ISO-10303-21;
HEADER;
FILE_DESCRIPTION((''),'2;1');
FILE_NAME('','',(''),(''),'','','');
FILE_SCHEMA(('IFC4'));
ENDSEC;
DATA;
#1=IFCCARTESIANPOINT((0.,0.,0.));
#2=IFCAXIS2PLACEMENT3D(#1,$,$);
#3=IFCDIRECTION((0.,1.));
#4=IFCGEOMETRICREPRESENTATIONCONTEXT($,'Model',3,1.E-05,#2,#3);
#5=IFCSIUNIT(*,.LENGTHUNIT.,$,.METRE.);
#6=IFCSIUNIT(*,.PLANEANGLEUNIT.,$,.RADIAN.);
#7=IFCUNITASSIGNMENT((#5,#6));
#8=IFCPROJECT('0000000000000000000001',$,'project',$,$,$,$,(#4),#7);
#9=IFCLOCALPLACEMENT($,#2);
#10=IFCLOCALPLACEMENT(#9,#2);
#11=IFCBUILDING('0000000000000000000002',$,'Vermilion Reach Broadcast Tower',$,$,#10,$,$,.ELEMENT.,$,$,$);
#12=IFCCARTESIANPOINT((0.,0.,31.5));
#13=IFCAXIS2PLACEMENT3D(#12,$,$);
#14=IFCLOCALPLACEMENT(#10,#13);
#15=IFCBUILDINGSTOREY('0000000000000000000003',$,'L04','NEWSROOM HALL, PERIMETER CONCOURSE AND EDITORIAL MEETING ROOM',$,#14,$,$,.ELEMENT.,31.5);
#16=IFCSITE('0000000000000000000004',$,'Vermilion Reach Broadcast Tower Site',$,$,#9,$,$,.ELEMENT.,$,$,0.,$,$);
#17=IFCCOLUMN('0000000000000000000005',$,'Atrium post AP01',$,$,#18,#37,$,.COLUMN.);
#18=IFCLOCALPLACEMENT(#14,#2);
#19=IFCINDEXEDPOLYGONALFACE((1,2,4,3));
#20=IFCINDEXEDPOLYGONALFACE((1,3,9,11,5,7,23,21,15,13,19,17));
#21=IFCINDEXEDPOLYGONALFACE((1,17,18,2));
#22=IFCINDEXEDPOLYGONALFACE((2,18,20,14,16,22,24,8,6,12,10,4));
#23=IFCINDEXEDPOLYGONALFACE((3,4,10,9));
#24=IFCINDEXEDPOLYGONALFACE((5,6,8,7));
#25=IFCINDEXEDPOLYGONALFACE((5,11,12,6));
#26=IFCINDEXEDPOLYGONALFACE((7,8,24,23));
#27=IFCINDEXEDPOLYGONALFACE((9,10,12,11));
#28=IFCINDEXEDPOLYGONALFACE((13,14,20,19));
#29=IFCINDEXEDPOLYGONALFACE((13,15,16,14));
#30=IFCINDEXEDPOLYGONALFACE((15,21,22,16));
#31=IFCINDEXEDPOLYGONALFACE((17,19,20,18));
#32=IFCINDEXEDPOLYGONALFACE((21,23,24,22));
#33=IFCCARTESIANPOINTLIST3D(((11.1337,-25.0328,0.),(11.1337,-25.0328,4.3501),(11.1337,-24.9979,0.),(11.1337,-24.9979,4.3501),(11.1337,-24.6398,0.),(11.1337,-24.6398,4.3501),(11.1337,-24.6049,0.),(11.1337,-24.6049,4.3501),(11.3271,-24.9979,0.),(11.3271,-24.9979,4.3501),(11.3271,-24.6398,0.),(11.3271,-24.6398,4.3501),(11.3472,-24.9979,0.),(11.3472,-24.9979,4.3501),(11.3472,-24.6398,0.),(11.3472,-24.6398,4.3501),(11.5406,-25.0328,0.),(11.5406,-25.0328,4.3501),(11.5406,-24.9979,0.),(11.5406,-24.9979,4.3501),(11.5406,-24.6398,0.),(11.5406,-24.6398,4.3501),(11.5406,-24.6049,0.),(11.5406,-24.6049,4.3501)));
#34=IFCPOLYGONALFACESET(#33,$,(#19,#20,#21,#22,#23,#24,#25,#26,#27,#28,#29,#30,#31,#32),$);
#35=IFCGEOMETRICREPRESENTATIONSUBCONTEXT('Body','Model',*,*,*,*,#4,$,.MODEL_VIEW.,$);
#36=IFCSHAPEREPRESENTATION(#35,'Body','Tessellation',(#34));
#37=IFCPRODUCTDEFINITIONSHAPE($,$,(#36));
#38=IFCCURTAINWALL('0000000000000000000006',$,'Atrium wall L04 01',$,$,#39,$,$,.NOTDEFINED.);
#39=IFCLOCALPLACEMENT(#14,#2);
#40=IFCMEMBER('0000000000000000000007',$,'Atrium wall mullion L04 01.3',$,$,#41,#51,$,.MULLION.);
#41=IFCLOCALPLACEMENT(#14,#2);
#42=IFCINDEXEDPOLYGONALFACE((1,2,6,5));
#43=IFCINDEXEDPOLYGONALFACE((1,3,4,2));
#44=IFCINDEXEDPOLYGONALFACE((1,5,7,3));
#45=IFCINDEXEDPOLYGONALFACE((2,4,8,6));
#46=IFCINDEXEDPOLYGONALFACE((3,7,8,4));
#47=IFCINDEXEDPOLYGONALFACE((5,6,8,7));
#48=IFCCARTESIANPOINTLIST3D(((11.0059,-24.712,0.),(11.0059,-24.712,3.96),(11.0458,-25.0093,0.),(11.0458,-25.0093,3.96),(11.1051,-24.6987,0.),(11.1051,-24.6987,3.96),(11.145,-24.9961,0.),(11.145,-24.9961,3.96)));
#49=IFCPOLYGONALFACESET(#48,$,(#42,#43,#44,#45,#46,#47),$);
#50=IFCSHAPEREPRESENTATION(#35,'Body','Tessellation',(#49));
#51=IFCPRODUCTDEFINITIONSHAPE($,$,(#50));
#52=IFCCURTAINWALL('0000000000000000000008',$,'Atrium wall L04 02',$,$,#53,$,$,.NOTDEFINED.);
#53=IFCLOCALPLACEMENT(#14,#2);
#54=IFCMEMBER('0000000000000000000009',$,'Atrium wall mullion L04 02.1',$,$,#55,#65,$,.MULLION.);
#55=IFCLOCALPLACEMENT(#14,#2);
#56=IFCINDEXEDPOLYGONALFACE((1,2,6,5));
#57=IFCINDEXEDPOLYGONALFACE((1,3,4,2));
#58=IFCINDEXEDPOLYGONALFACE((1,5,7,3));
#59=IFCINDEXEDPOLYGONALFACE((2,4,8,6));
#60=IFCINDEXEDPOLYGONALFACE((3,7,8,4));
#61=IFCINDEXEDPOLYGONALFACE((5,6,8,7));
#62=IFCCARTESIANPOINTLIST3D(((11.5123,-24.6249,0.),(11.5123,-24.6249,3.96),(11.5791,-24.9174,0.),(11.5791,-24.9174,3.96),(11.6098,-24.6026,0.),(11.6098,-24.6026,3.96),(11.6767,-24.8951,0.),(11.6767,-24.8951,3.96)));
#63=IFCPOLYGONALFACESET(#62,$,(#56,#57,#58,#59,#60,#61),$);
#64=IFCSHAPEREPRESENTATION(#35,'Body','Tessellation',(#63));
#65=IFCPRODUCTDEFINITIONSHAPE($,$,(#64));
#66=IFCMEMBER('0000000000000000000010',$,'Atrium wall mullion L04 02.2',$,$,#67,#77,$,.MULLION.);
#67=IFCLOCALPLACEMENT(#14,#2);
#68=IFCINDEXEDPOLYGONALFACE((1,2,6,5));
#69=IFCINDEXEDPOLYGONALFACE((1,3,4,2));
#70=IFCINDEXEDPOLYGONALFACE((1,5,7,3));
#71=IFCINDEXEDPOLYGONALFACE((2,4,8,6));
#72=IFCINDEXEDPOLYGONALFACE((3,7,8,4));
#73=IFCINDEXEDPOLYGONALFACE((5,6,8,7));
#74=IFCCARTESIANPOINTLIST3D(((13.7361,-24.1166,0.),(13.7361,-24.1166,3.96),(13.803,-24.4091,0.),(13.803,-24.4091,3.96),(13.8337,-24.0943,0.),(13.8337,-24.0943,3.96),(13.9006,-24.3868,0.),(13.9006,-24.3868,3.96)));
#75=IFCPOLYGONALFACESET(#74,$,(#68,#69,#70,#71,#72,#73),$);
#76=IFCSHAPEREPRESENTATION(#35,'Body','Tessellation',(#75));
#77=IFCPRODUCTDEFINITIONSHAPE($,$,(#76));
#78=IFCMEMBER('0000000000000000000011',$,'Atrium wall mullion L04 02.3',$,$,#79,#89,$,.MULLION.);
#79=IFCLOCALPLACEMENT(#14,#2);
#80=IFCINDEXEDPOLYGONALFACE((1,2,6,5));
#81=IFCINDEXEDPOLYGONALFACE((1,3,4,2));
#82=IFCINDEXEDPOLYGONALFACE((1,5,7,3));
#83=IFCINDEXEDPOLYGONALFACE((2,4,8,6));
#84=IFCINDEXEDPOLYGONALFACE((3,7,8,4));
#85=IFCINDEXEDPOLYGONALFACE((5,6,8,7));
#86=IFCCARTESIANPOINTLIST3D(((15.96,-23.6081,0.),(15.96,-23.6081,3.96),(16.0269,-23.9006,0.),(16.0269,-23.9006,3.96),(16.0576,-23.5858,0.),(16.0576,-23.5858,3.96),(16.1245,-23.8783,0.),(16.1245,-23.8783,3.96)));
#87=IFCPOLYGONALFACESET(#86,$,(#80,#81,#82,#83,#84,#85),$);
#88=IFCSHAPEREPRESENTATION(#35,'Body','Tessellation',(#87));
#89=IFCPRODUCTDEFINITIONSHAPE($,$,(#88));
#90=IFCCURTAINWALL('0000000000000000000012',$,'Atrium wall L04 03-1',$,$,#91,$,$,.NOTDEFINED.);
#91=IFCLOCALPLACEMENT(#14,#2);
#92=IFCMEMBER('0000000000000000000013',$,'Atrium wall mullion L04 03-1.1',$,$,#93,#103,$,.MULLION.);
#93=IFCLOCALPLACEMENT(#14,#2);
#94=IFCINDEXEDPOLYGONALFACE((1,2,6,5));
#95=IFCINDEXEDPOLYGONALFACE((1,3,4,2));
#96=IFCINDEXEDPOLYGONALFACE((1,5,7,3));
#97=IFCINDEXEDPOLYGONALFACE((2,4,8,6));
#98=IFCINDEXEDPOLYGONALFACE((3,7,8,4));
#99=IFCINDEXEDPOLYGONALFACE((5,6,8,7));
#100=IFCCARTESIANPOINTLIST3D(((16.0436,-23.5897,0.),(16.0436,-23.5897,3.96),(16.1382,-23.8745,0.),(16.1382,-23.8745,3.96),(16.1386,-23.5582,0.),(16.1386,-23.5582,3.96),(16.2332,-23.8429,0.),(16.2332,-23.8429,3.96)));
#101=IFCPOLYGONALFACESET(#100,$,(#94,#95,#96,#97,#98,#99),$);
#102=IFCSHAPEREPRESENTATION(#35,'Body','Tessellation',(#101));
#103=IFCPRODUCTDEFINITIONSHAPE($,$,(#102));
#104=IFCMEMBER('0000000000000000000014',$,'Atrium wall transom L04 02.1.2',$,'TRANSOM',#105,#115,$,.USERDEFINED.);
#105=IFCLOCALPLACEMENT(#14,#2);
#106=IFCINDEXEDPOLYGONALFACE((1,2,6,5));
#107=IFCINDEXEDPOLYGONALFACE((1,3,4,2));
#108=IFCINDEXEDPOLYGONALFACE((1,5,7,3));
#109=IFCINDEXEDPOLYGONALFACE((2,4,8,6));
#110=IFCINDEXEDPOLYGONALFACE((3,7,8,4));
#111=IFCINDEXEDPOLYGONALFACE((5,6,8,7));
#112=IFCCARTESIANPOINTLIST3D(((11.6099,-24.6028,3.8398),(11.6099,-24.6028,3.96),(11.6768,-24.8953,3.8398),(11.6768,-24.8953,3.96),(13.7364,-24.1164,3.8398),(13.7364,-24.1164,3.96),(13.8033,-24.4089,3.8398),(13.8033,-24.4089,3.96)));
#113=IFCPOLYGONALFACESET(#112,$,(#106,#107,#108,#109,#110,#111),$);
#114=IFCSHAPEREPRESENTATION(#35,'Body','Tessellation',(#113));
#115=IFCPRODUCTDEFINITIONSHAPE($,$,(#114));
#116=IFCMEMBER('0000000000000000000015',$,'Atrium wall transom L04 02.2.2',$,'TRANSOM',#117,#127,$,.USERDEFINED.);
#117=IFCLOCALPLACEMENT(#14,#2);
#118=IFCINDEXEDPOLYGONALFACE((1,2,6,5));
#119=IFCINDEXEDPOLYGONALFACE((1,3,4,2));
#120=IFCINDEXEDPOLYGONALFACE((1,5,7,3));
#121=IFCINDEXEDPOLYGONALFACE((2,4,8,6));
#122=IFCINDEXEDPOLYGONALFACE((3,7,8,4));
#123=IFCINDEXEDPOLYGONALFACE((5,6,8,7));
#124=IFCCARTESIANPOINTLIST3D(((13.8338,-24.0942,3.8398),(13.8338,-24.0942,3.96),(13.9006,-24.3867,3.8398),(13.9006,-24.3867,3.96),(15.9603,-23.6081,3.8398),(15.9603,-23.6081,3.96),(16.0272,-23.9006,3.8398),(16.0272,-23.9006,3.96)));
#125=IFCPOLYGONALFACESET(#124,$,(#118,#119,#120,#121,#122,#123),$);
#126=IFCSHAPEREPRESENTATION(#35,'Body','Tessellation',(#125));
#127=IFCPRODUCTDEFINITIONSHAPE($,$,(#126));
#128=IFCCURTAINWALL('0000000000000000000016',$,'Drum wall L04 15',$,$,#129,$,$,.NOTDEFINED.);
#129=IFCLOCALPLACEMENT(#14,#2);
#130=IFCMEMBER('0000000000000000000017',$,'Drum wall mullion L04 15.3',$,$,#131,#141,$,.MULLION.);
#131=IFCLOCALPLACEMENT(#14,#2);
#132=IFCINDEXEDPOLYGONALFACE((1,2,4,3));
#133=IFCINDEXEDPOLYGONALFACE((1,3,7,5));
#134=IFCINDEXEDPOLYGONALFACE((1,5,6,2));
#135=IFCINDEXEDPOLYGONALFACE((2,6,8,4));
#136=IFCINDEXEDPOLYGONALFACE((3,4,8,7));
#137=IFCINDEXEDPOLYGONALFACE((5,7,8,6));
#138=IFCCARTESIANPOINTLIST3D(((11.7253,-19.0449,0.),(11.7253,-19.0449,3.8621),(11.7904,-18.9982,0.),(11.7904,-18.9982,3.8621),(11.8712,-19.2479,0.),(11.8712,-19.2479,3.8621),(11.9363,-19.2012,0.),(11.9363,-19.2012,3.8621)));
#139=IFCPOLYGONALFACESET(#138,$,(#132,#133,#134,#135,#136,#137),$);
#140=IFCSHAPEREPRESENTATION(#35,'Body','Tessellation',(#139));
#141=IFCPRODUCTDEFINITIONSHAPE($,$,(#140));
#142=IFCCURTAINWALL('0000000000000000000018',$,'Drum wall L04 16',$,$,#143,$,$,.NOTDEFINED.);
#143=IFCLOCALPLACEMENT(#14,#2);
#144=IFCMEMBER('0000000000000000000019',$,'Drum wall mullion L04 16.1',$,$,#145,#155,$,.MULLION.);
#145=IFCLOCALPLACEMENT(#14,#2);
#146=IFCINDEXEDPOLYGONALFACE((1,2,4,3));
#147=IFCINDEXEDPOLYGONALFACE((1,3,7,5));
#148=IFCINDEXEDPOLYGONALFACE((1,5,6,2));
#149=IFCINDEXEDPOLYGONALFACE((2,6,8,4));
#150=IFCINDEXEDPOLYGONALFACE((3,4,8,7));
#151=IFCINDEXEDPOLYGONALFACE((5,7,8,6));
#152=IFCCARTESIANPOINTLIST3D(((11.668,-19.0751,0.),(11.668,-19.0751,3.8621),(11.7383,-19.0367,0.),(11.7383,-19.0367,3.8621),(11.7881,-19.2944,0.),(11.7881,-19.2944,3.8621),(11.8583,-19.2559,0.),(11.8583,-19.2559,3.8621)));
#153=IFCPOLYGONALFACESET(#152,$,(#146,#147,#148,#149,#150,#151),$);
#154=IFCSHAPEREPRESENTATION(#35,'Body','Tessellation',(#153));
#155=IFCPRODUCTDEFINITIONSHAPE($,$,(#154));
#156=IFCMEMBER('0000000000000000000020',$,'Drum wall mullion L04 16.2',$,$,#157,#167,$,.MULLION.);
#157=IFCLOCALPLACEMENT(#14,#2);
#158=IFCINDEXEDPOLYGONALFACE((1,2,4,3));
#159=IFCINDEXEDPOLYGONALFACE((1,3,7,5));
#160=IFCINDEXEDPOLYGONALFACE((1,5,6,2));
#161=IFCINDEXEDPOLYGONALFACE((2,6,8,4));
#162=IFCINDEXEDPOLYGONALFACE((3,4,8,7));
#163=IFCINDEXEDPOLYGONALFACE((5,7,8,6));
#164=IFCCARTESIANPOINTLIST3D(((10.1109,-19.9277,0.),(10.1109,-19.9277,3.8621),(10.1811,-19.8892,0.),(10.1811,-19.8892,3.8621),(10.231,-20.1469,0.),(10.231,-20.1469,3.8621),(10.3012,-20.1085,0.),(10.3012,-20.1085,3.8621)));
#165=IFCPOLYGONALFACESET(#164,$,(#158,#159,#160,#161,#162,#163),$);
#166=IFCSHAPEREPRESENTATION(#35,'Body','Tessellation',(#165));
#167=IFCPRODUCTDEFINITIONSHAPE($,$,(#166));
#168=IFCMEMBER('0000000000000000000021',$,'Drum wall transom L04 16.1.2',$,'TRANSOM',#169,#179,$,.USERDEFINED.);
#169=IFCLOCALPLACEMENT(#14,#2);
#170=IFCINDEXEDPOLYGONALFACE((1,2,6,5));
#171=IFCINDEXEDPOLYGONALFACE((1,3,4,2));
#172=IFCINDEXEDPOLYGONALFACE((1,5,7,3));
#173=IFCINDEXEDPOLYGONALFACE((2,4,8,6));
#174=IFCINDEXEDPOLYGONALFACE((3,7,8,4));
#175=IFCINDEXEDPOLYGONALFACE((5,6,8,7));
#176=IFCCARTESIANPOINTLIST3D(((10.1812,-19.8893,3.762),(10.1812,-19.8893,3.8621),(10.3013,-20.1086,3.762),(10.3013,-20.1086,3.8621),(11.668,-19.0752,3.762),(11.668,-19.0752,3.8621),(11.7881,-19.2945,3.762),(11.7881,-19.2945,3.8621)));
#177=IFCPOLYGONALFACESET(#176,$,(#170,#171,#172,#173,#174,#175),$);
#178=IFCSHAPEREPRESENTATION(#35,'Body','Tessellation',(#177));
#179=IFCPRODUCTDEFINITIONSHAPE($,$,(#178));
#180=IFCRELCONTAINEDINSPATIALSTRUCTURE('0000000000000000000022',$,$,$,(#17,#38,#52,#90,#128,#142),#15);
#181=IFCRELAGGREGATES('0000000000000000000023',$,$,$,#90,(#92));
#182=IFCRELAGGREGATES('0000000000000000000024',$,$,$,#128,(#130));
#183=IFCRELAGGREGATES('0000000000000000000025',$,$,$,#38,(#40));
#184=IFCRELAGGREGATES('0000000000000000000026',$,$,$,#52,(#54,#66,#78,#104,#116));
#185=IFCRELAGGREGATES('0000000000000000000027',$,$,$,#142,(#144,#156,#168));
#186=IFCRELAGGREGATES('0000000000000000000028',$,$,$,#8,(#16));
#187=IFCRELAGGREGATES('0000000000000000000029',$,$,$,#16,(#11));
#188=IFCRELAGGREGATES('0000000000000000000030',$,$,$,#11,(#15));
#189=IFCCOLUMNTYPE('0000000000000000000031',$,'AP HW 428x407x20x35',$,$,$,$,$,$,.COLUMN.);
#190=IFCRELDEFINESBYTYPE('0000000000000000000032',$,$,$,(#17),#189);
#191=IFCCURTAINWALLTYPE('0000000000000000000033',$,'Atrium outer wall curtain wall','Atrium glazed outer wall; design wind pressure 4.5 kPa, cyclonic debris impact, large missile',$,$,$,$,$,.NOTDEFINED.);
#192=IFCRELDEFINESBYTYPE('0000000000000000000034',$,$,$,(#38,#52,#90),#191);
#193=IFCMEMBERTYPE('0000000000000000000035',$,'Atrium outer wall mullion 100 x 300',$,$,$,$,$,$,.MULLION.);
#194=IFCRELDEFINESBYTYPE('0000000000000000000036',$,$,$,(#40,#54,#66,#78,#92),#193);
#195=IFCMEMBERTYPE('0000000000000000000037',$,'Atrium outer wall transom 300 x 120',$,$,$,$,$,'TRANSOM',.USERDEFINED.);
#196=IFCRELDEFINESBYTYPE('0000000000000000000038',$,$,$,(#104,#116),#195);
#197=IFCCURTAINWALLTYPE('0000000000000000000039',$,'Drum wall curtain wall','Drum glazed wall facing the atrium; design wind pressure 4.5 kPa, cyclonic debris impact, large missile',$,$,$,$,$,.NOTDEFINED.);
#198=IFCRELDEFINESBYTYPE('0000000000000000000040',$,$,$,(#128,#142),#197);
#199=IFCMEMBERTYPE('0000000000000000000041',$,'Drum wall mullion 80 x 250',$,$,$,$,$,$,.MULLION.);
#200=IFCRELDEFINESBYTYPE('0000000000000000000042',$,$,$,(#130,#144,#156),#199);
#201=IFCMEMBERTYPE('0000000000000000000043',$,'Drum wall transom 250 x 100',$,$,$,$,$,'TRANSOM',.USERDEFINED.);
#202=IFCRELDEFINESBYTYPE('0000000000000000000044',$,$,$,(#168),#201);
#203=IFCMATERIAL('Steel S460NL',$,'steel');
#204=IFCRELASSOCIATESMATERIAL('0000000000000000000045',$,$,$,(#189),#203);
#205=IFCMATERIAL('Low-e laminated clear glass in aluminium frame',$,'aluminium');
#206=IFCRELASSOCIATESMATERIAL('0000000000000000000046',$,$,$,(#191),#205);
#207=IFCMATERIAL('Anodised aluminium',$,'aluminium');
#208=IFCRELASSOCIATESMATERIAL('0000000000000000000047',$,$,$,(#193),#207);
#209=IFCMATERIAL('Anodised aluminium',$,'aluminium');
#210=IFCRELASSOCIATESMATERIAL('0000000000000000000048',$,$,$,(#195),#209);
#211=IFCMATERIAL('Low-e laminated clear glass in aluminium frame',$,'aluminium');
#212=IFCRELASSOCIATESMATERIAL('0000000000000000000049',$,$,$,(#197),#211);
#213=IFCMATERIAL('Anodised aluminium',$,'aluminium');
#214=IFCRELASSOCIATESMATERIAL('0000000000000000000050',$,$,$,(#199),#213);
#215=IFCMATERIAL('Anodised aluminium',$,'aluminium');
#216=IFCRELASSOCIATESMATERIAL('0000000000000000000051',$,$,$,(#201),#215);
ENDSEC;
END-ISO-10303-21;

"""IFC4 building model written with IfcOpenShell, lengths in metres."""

from ifc_helpers import new_model, si_unit, direction, frame, origin, origin_2d, place, context, subcontext, project, spatial, rectangle, i_section, extrude, material, material_profile, profile_set, type_object, element, aggregate, save


model = new_model("IFC4")

# Units and contexts
model_context = context("Model", 3, precision=1e-05, world=origin(), true_north=direction((0.0, 1.0)))
body_context = subcontext(model_context, "Body", "Model", "MODEL_VIEW")
ifc_project = project(units=[si_unit("LENGTHUNIT", "METRE"), si_unit("PLANEANGLEUNIT", "RADIAN")], contexts=[model_context])

# Site, building, storey
site_placement = place(None, origin())
site = spatial("IfcSite", under=ifc_project, at=site_placement, Name="Vermilion Reach Broadcast Tower Site", CompositionType="ELEMENT", RefElevation=0.0)
building_placement = place(site_placement, origin())
building = spatial("IfcBuilding", under=site, at=building_placement, Name="Vermilion Reach Broadcast Tower", CompositionType="ELEMENT")
storey_placement = place(building_placement, frame((0.0, 0.0, 31.5)))
storey = spatial("IfcBuildingStorey", under=building, at=storey_placement, Name="L04", Description="NEWSROOM HALL, PERIMETER CONCOURSE AND EDITORIAL MEETING ROOM", CompositionType="ELEMENT", Elevation=31.5)

# Column
ifc_material_1 = material(Name="Steel S460NL", Category="steel")
ifc_material_profile_1 = material_profile(ifc_material_1, i_section(OverallWidth=0.407, OverallDepth=0.428, WebThickness=0.02, FlangeThickness=0.0349, at=origin_2d()), Name="S460NL HW 428x407x20x35")
ifc_profile_set_1 = profile_set([ifc_material_profile_1], Name="Steel S460NL")
column_type = type_object("IfcColumnType", Name="AP HW 428x407x20x35", PredefinedType="COLUMN", material=ifc_profile_set_1)
column_placement = place(storey_placement, frame((11.3372, -24.8188, 0.0), z_axis=(0.0, 0.0, 1.0), x_axis=(1.0, 0.0, 0.0)))
element("IfcColumn", 1, at=column_placement, inside=storey, type_object=column_type, Name="Atrium post AP01", PredefinedType="COLUMN", context=body_context, shape_type="SweptSolid", body=[
    extrude(i_section(OverallWidth=0.407, OverallDepth=0.428, WebThickness=0.02, FlangeThickness=0.0349, at=origin_2d()), origin(), (0.0, 0.0, 1.0), 4.3501),
])

# Curtain wall, member
ifc_material_2 = material(Name="Low-e laminated clear glass in aluminium frame", Category="aluminium")
curtain_wall_type_1 = type_object("IfcCurtainWallType", Name="Atrium outer wall curtain wall", Description="Atrium glazed outer wall; design wind pressure 4.5 kPa, cyclonic debris impact, large missile", PredefinedType="NOTDEFINED", material=ifc_material_2)
placement = place(storey_placement, origin())
curtain_wall_1 = element("IfcCurtainWall", 2, at=placement, inside=storey, type_object=curtain_wall_type_1, Name="Atrium wall L04 01", PredefinedType="NOTDEFINED")
ifc_material_3 = material(Name="Anodised aluminium", Category="aluminium")
ifc_material_profile_2 = material_profile(ifc_material_3, rectangle(XDim=0.3, YDim=0.1001, at=origin_2d()), Name="Atrium outer wall mullion 100 x 300")
ifc_profile_set_2 = profile_set([ifc_material_profile_2], Name="Anodised aluminium")
member_type_1 = type_object("IfcMemberType", Name="Atrium outer wall mullion 100 x 300", PredefinedType="MULLION", material=ifc_profile_set_2)
member_1_placement = place(storey_placement, frame((11.0754, -24.854, 0.0), z_axis=(0.0, 0.0, 1.0), x_axis=(-0.132794, 0.991144, 0.0)))
member_1 = element("IfcMember", 3, at=member_1_placement, type_object=member_type_1, Name="Atrium wall mullion L04 01.3", PredefinedType="MULLION", context=body_context, shape_type="SweptSolid", body=[
    extrude(rectangle(XDim=0.3, YDim=0.1001, at=origin_2d()), origin(), (0.0, 0.0, 1.0), 3.96),
])

# Curtain wall, members
curtain_wall_2 = element("IfcCurtainWall", 4, at=placement, inside=storey, type_object=curtain_wall_type_1, Name="Atrium wall L04 02", PredefinedType="NOTDEFINED")
member_2_placement = place(storey_placement, frame((11.5945, -24.76, 0.0), z_axis=(0.0, 0.0, 1.0), x_axis=(-0.222892, 0.974843, 0.0)))
member_2 = element("IfcMember", 5, at=member_2_placement, type_object=member_type_1, Name="Atrium wall mullion L04 02.1", PredefinedType="MULLION", context=body_context, shape_type="SweptSolid", body=[
    extrude(rectangle(XDim=0.3, YDim=0.1001, at=origin_2d()), origin(), (0.0, 0.0, 1.0), 3.96),
])
member_3_placement = place(storey_placement, frame((13.8184, -24.2517, 0.0), z_axis=(0.0, 0.0, 1.0), x_axis=(-0.222892, 0.974843, 0.0)))
member_3 = element("IfcMember", 6, at=member_3_placement, type_object=member_type_1, Name="Atrium wall mullion L04 02.2", PredefinedType="MULLION", context=body_context, shape_type="SweptSolid", body=[
    extrude(rectangle(XDim=0.3, YDim=0.1001, at=origin_2d()), origin(), (0.0, 0.0, 1.0), 3.96),
])
member_4_placement = place(storey_placement, frame((16.0422, -23.7432, 0.0), z_axis=(0.0, 0.0, 1.0), x_axis=(-0.222892, 0.974843, 0.0)))
member_4 = element("IfcMember", 7, at=member_4_placement, type_object=member_type_1, Name="Atrium wall mullion L04 02.3", PredefinedType="MULLION", context=body_context, shape_type="SweptSolid", body=[
    extrude(rectangle(XDim=0.3, YDim=0.1001, at=origin_2d()), origin(), (0.0, 0.0, 1.0), 3.96),
])

# Curtain wall, member
curtain_wall_3 = element("IfcCurtainWall", 8, at=placement, inside=storey, type_object=curtain_wall_type_1, Name="Atrium wall L04 03-1", PredefinedType="NOTDEFINED")
member_5_placement = place(storey_placement, frame((16.1384, -23.7163, 0.0), z_axis=(0.0, 0.0, 1.0), x_axis=(-0.315228, 0.949016, 0.0)))
member_5 = element("IfcMember", 9, at=member_5_placement, type_object=member_type_1, Name="Atrium wall mullion L04 03-1.1", PredefinedType="MULLION", context=body_context, shape_type="SweptSolid", body=[
    extrude(rectangle(XDim=0.3, YDim=0.1001, at=origin_2d()), origin(), (0.0, 0.0, 1.0), 3.96),
])
aggregate(curtain_wall_3, [member_5])

# Members
ifc_material_4 = material(Name="Anodised aluminium", Category="aluminium")
ifc_material_profile_3 = material_profile(ifc_material_4, rectangle(XDim=0.3, YDim=0.1201, at=origin_2d()), Name="Atrium outer wall transom 300 x 120")
ifc_profile_set_3 = profile_set([ifc_material_profile_3], Name="Anodised aluminium")
member_type_2 = type_object("IfcMemberType", Name="Atrium outer wall transom 300 x 120", ElementType="TRANSOM", PredefinedType="USERDEFINED", material=ifc_profile_set_3)
member_6_placement = place(storey_placement, frame((11.6433, -24.749, 3.8999), z_axis=(0.974831, 0.222946, 0.0), x_axis=(-0.222946, 0.974831, 0.0)))
member_6 = element("IfcMember", 10, at=member_6_placement, type_object=member_type_2, Name="Atrium wall transom L04 02.1.2", ObjectType="TRANSOM", PredefinedType="USERDEFINED", context=body_context, shape_type="SweptSolid", body=[
    extrude(rectangle(XDim=0.3, YDim=0.1201, at=origin_2d()), origin(), (0.0, 0.0, 1.0), 2.1814),
])
member_7_placement = place(storey_placement, frame((13.8672, -24.2405, 3.8999), z_axis=(0.974855, 0.22284, 0.0), x_axis=(-0.22284, 0.974855, 0.0)))
member_7 = element("IfcMember", 11, at=member_7_placement, type_object=member_type_2, Name="Atrium wall transom L04 02.2.2", ObjectType="TRANSOM", PredefinedType="USERDEFINED", context=body_context, shape_type="SweptSolid", body=[
    extrude(rectangle(XDim=0.3, YDim=0.1201, at=origin_2d()), origin(), (0.0, 0.0, 1.0), 2.1814),
])

# Curtain wall, member
ifc_material_5 = material(Name="Low-e laminated clear glass in aluminium frame", Category="aluminium")
curtain_wall_type_2 = type_object("IfcCurtainWallType", Name="Drum wall curtain wall", Description="Drum glazed wall facing the atrium; design wind pressure 4.5 kPa, cyclonic debris impact, large missile", PredefinedType="NOTDEFINED", material=ifc_material_5)
curtain_wall_4 = element("IfcCurtainWall", 12, at=placement, inside=storey, type_object=curtain_wall_type_2, Name="Drum wall L04 15", PredefinedType="NOTDEFINED")
ifc_material_6 = material(Name="Anodised aluminium", Category="aluminium")
ifc_material_profile_4 = material_profile(ifc_material_6, rectangle(XDim=0.25, YDim=0.0801, at=origin_2d()), Name="Drum wall mullion 80 x 250")
ifc_profile_set_4 = profile_set([ifc_material_profile_4], Name="Anodised aluminium")
member_type_3 = type_object("IfcMemberType", Name="Drum wall mullion 80 x 250", PredefinedType="MULLION", material=ifc_profile_set_4)
member_8_placement = place(storey_placement, frame((11.8308, -19.123, 0.0), z_axis=(0.0, 0.0, 1.0), x_axis=(0.583587, -0.812051, 0.0)))
member_8 = element("IfcMember", 13, at=member_8_placement, type_object=member_type_3, Name="Drum wall mullion L04 15.3", PredefinedType="MULLION", context=body_context, shape_type="SweptSolid", body=[
    extrude(rectangle(XDim=0.25, YDim=0.0801, at=origin_2d()), origin(), (0.0, 0.0, 1.0), 3.8621),
])
aggregate(curtain_wall_4, [member_8])

# Curtain wall, members
curtain_wall_5 = element("IfcCurtainWall", 14, at=placement, inside=storey, type_object=curtain_wall_type_2, Name="Drum wall L04 16", PredefinedType="NOTDEFINED")
member_9_placement = place(storey_placement, frame((11.7632, -19.1655, 0.0), z_axis=(0.0, 0.0, 1.0), x_axis=(0.480269, -0.877121, 0.0)))
member_9 = element("IfcMember", 15, at=member_9_placement, type_object=member_type_3, Name="Drum wall mullion L04 16.1", PredefinedType="MULLION", context=body_context, shape_type="SweptSolid", body=[
    extrude(rectangle(XDim=0.25, YDim=0.0801, at=origin_2d()), origin(), (0.0, 0.0, 1.0), 3.8621),
])
member_10_placement = place(storey_placement, frame((10.2061, -20.0181, 0.0), z_axis=(0.0, 0.0, 1.0), x_axis=(0.480269, -0.877121, 0.0)))
member_10 = element("IfcMember", 16, at=member_10_placement, type_object=member_type_3, Name="Drum wall mullion L04 16.2", PredefinedType="MULLION", context=body_context, shape_type="SweptSolid", body=[
    extrude(rectangle(XDim=0.25, YDim=0.0801, at=origin_2d()), origin(), (0.0, 0.0, 1.0), 3.8621),
])
ifc_material_7 = material(Name="Anodised aluminium", Category="aluminium")
ifc_material_profile_5 = material_profile(ifc_material_7, rectangle(XDim=0.25, YDim=0.1001, at=origin_2d()), Name="Drum wall transom 250 x 100")
ifc_profile_set_5 = profile_set([ifc_material_profile_5], Name="Anodised aluminium")
member_type_4 = type_object("IfcMemberType", Name="Drum wall transom 250 x 100", ElementType="TRANSOM", PredefinedType="USERDEFINED", material=ifc_profile_set_5)
member_11_placement = place(storey_placement, frame((11.728, -19.1848, 3.812), z_axis=(-0.877096, -0.480315, 0.0), x_axis=(0.480315, -0.877096, 0.0)))
member_11 = element("IfcMember", 17, at=member_11_placement, type_object=member_type_4, Name="Drum wall transom L04 16.1.2", ObjectType="TRANSOM", PredefinedType="USERDEFINED", context=body_context, shape_type="SweptSolid", body=[
    extrude(rectangle(XDim=0.25, YDim=0.1001, at=origin_2d()), origin(), (0.0, 0.0, 1.0), 1.6951),
])

aggregate(curtain_wall_1, [member_1])
aggregate(curtain_wall_2, [member_2, member_3, member_4, member_6, member_7])
aggregate(curtain_wall_5, [member_9, member_10, member_11])

save(model, "model.ifc")
